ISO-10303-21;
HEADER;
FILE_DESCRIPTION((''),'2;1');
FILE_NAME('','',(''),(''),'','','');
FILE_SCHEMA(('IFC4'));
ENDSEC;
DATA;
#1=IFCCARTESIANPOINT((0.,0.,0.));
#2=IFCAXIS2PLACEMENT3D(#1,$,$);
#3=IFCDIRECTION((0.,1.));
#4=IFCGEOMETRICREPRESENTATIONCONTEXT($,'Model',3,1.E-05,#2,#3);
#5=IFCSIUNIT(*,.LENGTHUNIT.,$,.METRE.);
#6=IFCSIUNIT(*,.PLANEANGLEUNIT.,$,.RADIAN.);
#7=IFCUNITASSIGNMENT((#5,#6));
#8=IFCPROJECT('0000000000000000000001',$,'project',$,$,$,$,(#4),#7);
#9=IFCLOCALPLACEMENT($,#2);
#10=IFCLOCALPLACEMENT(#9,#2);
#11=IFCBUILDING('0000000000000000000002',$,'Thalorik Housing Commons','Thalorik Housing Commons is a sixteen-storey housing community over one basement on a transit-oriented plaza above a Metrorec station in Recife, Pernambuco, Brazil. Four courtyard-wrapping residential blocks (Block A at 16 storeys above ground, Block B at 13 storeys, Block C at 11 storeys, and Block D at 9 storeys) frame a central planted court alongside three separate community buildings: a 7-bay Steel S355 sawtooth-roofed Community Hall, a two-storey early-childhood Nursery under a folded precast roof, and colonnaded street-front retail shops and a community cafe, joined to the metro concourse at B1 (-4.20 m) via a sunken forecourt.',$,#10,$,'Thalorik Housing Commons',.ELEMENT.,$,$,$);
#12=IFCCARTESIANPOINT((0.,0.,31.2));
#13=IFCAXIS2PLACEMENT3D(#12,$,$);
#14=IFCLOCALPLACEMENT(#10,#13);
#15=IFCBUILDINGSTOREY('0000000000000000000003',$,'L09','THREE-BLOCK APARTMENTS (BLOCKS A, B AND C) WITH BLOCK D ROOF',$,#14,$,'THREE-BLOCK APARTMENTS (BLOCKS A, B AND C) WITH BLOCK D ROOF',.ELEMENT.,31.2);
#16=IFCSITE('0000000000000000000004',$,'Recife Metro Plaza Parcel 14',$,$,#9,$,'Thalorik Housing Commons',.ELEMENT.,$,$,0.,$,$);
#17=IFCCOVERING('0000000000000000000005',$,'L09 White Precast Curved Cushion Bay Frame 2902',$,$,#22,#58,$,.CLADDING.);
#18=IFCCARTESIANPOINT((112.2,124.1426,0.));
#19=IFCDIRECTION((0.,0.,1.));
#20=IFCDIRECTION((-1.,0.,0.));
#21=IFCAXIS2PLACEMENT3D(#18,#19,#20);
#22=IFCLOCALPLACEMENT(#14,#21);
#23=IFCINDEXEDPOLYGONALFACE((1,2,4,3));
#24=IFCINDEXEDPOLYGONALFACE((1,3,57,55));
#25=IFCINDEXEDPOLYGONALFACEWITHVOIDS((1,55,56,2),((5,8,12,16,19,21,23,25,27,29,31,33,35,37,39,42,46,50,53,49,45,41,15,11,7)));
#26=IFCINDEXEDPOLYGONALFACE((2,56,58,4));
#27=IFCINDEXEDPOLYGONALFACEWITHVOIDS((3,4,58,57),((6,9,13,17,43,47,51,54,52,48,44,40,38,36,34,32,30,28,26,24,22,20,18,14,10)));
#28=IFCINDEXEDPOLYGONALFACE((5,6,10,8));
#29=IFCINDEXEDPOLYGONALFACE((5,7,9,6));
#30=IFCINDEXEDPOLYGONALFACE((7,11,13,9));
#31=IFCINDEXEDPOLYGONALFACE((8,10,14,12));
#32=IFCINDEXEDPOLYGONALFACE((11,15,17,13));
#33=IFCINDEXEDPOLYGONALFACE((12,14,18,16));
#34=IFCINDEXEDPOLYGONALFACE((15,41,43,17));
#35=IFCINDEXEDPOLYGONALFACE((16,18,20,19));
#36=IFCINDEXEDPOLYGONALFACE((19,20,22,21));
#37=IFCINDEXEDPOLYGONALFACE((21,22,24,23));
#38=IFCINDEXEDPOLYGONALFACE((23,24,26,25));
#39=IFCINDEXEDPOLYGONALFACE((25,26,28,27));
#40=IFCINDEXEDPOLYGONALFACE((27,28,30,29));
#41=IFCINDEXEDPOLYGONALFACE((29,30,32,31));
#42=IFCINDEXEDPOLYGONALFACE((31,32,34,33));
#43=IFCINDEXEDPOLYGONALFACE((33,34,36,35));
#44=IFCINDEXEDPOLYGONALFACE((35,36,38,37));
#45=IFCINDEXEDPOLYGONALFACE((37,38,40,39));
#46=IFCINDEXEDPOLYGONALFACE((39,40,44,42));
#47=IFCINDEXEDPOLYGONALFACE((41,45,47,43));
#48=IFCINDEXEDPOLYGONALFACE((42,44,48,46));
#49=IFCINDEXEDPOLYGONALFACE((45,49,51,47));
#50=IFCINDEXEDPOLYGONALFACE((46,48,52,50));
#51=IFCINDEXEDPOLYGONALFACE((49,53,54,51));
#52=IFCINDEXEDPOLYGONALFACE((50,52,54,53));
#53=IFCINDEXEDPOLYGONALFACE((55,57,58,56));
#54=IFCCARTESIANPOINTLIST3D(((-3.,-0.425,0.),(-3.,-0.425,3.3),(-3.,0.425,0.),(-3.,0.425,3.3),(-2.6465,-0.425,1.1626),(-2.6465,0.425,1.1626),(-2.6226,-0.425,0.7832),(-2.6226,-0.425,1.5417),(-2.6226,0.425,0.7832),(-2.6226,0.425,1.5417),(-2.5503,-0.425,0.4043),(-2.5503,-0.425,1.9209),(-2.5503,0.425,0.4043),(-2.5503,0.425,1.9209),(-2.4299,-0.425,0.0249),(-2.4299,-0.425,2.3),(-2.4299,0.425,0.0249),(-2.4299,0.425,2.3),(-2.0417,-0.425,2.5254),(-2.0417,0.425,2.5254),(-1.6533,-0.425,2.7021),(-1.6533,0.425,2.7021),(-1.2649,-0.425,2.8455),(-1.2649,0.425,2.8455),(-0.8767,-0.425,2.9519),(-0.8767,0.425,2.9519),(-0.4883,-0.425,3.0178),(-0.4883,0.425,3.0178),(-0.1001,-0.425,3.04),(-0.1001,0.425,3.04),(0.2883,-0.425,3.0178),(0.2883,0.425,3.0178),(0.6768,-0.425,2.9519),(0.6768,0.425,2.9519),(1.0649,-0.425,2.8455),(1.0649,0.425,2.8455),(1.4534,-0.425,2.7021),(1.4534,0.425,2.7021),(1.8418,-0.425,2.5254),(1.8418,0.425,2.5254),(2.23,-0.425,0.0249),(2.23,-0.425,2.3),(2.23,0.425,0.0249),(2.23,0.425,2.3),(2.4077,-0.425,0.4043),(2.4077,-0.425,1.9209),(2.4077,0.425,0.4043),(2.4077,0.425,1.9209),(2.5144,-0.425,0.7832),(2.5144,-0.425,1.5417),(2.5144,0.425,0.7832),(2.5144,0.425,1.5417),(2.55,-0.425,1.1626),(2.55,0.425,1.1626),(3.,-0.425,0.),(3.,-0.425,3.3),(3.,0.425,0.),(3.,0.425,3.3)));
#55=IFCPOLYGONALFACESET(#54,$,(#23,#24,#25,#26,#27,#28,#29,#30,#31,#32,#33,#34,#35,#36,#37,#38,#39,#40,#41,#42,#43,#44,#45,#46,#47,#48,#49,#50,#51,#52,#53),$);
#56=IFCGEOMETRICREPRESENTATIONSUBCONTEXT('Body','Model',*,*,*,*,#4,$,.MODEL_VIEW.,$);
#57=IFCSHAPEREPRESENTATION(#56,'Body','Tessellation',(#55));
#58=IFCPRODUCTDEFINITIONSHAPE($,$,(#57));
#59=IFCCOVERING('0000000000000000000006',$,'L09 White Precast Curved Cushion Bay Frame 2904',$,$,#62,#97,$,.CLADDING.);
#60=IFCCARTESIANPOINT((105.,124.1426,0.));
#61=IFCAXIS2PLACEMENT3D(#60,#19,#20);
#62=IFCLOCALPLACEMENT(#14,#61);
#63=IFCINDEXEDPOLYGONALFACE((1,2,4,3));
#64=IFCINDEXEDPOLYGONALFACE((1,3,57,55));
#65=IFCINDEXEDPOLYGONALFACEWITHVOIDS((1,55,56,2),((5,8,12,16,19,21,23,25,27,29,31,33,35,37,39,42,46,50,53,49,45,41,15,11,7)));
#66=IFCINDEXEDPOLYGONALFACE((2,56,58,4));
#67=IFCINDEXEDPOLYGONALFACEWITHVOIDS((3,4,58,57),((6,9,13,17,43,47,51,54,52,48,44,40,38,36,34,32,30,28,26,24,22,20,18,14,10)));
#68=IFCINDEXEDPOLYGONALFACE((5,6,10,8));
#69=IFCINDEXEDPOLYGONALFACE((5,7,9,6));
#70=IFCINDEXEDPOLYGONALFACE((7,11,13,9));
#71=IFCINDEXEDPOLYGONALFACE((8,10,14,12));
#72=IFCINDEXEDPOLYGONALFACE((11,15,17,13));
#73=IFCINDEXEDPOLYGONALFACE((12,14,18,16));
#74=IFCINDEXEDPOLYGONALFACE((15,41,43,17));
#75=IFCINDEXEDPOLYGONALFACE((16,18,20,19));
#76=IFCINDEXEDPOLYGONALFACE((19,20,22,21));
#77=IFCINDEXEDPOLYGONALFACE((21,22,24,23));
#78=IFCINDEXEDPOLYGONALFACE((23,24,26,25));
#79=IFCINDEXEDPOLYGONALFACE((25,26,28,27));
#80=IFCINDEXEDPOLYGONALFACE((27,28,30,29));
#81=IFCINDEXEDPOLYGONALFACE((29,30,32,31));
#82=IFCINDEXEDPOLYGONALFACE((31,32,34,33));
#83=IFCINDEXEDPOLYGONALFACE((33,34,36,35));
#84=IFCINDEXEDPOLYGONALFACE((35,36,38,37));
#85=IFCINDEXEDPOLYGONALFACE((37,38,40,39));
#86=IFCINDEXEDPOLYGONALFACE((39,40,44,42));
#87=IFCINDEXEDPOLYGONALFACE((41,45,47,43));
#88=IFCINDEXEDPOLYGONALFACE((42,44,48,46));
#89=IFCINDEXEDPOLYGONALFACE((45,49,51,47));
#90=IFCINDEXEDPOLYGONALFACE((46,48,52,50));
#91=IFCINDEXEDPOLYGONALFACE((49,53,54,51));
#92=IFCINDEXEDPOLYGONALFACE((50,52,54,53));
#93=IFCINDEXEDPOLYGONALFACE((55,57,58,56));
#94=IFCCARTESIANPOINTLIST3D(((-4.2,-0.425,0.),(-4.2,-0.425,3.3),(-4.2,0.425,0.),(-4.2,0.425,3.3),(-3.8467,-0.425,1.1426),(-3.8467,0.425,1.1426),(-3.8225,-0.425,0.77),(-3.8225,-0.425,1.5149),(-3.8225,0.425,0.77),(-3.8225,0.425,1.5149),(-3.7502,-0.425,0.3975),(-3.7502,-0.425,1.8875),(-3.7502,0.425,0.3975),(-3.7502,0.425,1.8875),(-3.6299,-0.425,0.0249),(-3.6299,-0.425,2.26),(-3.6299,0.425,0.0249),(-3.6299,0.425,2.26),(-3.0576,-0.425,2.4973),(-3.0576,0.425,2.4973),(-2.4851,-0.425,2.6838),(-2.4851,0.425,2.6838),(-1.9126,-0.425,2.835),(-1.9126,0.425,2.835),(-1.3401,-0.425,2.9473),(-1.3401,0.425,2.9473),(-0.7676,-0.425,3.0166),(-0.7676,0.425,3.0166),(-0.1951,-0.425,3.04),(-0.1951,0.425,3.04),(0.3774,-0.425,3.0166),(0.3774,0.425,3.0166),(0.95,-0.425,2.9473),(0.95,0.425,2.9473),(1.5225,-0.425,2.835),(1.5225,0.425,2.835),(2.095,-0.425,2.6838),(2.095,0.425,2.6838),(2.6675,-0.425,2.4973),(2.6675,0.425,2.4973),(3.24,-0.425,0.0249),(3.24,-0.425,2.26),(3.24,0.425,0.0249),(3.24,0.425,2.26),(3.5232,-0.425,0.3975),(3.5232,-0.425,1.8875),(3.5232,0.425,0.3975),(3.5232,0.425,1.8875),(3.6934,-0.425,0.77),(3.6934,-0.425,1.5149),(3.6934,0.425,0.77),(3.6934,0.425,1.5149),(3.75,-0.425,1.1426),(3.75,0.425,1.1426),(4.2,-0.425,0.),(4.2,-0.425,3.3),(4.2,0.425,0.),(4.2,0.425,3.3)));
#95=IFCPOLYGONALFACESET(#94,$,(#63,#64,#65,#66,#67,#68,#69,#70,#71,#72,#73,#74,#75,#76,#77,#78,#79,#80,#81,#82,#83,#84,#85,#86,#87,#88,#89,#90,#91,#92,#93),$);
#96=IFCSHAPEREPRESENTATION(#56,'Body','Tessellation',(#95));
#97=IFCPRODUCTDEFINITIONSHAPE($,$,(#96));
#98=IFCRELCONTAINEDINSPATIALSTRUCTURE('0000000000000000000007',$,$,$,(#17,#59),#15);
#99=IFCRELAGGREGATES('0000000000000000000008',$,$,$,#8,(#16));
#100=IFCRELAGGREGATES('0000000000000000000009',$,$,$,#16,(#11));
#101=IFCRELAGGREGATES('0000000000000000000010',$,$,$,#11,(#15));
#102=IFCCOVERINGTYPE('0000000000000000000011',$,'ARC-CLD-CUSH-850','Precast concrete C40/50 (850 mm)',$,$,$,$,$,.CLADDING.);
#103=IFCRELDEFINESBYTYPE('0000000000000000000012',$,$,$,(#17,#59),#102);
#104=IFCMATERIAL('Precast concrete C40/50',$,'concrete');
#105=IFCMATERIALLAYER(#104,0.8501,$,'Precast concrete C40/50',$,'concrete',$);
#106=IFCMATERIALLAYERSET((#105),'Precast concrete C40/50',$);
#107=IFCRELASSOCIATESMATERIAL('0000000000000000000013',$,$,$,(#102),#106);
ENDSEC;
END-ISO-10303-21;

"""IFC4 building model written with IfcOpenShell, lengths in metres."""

from ifc_helpers import new_model, si_unit, direction, frame, origin, place, context, subcontext, project, spatial, polyline, outline, extrude, material, layer, layer_set, type_object, element, save


model = new_model("IFC4")

# Units and contexts
model_context = context("Model", 3, precision=1e-05, world=origin(), true_north=direction((0.0, 1.0)))
body_context = subcontext(model_context, "Body", "Model", "MODEL_VIEW")
ifc_project = project(units=[si_unit("LENGTHUNIT", "METRE"), si_unit("PLANEANGLEUNIT", "RADIAN")], contexts=[model_context])

# Site, building, storey
site_placement = place(None, origin())
site = spatial("IfcSite", under=ifc_project, at=site_placement, Name="Recife Metro Plaza Parcel 14", LongName="Thalorik Housing Commons", CompositionType="ELEMENT", RefElevation=0.0)
building_placement = place(site_placement, origin())
building = spatial("IfcBuilding", under=site, at=building_placement, Name="Thalorik Housing Commons", Description="Thalorik Housing Commons is a sixteen-storey housing community over one basement on a transit-oriented plaza above a Metrorec station in Recife, Pernambuco, Brazil. Four courtyard-wrapping residential blocks (Block A at 16 storeys above ground, Block B at 13 storeys, Block C at 11 storeys, and Block D at 9 storeys) frame a central planted court alongside three separate community buildings: a 7-bay Steel S355 sawtooth-roofed Community Hall, a two-storey early-childhood Nursery under a folded precast roof, and colonnaded street-front retail shops and a community cafe, joined to the metro concourse at B1 (-4.20 m) via a sunken forecourt.", LongName="Thalorik Housing Commons", CompositionType="ELEMENT")
storey_placement = place(building_placement, frame((0.0, 0.0, 31.2)))
storey = spatial("IfcBuildingStorey", under=building, at=storey_placement, Name="L09", Description="THREE-BLOCK APARTMENTS (BLOCKS A, B AND C) WITH BLOCK D ROOF", LongName="THREE-BLOCK APARTMENTS (BLOCKS A, B AND C) WITH BLOCK D ROOF", CompositionType="ELEMENT", Elevation=31.2)

# Shared definitions
ifc_material_1 = material(Name="Precast concrete C40/50", Category="concrete")

# Coverings
ifc_layer_1 = layer(ifc_material_1, 0.8501, Name="Precast concrete C40/50", Category="concrete")
ifc_layer_set_1 = layer_set([ifc_layer_1], Name="Precast concrete C40/50")
covering_type_1 = type_object("IfcCoveringType", Name="ARC-CLD-CUSH-850", Description="Precast concrete C40/50 (850 mm)", PredefinedType="CLADDING", material=ifc_layer_set_1)
covering_1_placement = place(storey_placement, frame((112.2, 124.1426, 0.0), z_axis=(0.0, 0.0, 1.0), x_axis=(-1.0, 0.0, 0.0)))
element("IfcCovering", 1, at=covering_1_placement, inside=storey, type_object=covering_type_1, Name="L09 White Precast Curved Cushion Bay Frame 2902", PredefinedType="CLADDING", context=body_context, shape_type="SweptSolid", body=[
    extrude(outline(polyline([(-3.0, 0.0), (3.0, 0.0), (3.0, 3.3), (-3.0, 3.3), (-3.0, 0.0)]), holes=[polyline([(2.23, 0.0249), (2.4077, 0.4043), (2.5144, 0.7832), (2.55, 1.1626), (2.5144, 1.5417), (2.4077, 1.9209), (2.23, 2.3), (1.8418, 2.5254), (1.4534, 2.7021), (1.0649, 2.8455), (0.6768, 2.9519), (0.2883, 3.0178), (-0.1001, 3.04), (-0.4883, 3.0178), (-0.8767, 2.9519), (-1.2649, 2.8455), (-1.6533, 2.7021), (-2.0417, 2.5254), (-2.4299, 2.3), (-2.5503, 1.9209), (-2.6226, 1.5417), (-2.6465, 1.1626), (-2.6226, 0.7832), (-2.5503, 0.4043), (-2.4299, 0.0249), (2.23, 0.0249)])]), frame((0.0, 0.425, 0.0), z_axis=(0.0, -1.0, 0.0), x_axis=(1.0, 0.0, 0.0)), (0.0, 0.0, 1.0), 0.8501),
])
covering_2_placement = place(storey_placement, frame((105.0, 124.1426, 0.0), z_axis=(0.0, 0.0, 1.0), x_axis=(-1.0, 0.0, 0.0)))
element("IfcCovering", 2, at=covering_2_placement, inside=storey, type_object=covering_type_1, Name="L09 White Precast Curved Cushion Bay Frame 2904", PredefinedType="CLADDING", context=body_context, shape_type="SweptSolid", body=[
    extrude(outline(polyline([(-4.2, 0.0), (4.2, 0.0), (4.2, 3.3), (-4.2, 3.3), (-4.2, 0.0)]), holes=[polyline([(3.24, 0.0249), (3.5232, 0.3975), (3.6934, 0.77), (3.75, 1.1426), (3.6934, 1.5149), (3.5232, 1.8875), (3.24, 2.26), (2.6675, 2.4973), (2.095, 2.6838), (1.5225, 2.835), (0.95, 2.9473), (0.3774, 3.0166), (-0.1951, 3.04), (-0.7676, 3.0166), (-1.3401, 2.9473), (-1.9126, 2.835), (-2.4851, 2.6838), (-3.0576, 2.4973), (-3.6299, 2.26), (-3.7502, 1.8875), (-3.8225, 1.5149), (-3.8467, 1.1426), (-3.8225, 0.77), (-3.7502, 0.3975), (-3.6299, 0.0249), (3.24, 0.0249)])]), frame((0.0, 0.425, 0.0), z_axis=(0.0, -1.0, 0.0), x_axis=(1.0, 0.0, 0.0)), (0.0, 0.0, 1.0), 0.8501),
])

save(model, "model.ifc")
